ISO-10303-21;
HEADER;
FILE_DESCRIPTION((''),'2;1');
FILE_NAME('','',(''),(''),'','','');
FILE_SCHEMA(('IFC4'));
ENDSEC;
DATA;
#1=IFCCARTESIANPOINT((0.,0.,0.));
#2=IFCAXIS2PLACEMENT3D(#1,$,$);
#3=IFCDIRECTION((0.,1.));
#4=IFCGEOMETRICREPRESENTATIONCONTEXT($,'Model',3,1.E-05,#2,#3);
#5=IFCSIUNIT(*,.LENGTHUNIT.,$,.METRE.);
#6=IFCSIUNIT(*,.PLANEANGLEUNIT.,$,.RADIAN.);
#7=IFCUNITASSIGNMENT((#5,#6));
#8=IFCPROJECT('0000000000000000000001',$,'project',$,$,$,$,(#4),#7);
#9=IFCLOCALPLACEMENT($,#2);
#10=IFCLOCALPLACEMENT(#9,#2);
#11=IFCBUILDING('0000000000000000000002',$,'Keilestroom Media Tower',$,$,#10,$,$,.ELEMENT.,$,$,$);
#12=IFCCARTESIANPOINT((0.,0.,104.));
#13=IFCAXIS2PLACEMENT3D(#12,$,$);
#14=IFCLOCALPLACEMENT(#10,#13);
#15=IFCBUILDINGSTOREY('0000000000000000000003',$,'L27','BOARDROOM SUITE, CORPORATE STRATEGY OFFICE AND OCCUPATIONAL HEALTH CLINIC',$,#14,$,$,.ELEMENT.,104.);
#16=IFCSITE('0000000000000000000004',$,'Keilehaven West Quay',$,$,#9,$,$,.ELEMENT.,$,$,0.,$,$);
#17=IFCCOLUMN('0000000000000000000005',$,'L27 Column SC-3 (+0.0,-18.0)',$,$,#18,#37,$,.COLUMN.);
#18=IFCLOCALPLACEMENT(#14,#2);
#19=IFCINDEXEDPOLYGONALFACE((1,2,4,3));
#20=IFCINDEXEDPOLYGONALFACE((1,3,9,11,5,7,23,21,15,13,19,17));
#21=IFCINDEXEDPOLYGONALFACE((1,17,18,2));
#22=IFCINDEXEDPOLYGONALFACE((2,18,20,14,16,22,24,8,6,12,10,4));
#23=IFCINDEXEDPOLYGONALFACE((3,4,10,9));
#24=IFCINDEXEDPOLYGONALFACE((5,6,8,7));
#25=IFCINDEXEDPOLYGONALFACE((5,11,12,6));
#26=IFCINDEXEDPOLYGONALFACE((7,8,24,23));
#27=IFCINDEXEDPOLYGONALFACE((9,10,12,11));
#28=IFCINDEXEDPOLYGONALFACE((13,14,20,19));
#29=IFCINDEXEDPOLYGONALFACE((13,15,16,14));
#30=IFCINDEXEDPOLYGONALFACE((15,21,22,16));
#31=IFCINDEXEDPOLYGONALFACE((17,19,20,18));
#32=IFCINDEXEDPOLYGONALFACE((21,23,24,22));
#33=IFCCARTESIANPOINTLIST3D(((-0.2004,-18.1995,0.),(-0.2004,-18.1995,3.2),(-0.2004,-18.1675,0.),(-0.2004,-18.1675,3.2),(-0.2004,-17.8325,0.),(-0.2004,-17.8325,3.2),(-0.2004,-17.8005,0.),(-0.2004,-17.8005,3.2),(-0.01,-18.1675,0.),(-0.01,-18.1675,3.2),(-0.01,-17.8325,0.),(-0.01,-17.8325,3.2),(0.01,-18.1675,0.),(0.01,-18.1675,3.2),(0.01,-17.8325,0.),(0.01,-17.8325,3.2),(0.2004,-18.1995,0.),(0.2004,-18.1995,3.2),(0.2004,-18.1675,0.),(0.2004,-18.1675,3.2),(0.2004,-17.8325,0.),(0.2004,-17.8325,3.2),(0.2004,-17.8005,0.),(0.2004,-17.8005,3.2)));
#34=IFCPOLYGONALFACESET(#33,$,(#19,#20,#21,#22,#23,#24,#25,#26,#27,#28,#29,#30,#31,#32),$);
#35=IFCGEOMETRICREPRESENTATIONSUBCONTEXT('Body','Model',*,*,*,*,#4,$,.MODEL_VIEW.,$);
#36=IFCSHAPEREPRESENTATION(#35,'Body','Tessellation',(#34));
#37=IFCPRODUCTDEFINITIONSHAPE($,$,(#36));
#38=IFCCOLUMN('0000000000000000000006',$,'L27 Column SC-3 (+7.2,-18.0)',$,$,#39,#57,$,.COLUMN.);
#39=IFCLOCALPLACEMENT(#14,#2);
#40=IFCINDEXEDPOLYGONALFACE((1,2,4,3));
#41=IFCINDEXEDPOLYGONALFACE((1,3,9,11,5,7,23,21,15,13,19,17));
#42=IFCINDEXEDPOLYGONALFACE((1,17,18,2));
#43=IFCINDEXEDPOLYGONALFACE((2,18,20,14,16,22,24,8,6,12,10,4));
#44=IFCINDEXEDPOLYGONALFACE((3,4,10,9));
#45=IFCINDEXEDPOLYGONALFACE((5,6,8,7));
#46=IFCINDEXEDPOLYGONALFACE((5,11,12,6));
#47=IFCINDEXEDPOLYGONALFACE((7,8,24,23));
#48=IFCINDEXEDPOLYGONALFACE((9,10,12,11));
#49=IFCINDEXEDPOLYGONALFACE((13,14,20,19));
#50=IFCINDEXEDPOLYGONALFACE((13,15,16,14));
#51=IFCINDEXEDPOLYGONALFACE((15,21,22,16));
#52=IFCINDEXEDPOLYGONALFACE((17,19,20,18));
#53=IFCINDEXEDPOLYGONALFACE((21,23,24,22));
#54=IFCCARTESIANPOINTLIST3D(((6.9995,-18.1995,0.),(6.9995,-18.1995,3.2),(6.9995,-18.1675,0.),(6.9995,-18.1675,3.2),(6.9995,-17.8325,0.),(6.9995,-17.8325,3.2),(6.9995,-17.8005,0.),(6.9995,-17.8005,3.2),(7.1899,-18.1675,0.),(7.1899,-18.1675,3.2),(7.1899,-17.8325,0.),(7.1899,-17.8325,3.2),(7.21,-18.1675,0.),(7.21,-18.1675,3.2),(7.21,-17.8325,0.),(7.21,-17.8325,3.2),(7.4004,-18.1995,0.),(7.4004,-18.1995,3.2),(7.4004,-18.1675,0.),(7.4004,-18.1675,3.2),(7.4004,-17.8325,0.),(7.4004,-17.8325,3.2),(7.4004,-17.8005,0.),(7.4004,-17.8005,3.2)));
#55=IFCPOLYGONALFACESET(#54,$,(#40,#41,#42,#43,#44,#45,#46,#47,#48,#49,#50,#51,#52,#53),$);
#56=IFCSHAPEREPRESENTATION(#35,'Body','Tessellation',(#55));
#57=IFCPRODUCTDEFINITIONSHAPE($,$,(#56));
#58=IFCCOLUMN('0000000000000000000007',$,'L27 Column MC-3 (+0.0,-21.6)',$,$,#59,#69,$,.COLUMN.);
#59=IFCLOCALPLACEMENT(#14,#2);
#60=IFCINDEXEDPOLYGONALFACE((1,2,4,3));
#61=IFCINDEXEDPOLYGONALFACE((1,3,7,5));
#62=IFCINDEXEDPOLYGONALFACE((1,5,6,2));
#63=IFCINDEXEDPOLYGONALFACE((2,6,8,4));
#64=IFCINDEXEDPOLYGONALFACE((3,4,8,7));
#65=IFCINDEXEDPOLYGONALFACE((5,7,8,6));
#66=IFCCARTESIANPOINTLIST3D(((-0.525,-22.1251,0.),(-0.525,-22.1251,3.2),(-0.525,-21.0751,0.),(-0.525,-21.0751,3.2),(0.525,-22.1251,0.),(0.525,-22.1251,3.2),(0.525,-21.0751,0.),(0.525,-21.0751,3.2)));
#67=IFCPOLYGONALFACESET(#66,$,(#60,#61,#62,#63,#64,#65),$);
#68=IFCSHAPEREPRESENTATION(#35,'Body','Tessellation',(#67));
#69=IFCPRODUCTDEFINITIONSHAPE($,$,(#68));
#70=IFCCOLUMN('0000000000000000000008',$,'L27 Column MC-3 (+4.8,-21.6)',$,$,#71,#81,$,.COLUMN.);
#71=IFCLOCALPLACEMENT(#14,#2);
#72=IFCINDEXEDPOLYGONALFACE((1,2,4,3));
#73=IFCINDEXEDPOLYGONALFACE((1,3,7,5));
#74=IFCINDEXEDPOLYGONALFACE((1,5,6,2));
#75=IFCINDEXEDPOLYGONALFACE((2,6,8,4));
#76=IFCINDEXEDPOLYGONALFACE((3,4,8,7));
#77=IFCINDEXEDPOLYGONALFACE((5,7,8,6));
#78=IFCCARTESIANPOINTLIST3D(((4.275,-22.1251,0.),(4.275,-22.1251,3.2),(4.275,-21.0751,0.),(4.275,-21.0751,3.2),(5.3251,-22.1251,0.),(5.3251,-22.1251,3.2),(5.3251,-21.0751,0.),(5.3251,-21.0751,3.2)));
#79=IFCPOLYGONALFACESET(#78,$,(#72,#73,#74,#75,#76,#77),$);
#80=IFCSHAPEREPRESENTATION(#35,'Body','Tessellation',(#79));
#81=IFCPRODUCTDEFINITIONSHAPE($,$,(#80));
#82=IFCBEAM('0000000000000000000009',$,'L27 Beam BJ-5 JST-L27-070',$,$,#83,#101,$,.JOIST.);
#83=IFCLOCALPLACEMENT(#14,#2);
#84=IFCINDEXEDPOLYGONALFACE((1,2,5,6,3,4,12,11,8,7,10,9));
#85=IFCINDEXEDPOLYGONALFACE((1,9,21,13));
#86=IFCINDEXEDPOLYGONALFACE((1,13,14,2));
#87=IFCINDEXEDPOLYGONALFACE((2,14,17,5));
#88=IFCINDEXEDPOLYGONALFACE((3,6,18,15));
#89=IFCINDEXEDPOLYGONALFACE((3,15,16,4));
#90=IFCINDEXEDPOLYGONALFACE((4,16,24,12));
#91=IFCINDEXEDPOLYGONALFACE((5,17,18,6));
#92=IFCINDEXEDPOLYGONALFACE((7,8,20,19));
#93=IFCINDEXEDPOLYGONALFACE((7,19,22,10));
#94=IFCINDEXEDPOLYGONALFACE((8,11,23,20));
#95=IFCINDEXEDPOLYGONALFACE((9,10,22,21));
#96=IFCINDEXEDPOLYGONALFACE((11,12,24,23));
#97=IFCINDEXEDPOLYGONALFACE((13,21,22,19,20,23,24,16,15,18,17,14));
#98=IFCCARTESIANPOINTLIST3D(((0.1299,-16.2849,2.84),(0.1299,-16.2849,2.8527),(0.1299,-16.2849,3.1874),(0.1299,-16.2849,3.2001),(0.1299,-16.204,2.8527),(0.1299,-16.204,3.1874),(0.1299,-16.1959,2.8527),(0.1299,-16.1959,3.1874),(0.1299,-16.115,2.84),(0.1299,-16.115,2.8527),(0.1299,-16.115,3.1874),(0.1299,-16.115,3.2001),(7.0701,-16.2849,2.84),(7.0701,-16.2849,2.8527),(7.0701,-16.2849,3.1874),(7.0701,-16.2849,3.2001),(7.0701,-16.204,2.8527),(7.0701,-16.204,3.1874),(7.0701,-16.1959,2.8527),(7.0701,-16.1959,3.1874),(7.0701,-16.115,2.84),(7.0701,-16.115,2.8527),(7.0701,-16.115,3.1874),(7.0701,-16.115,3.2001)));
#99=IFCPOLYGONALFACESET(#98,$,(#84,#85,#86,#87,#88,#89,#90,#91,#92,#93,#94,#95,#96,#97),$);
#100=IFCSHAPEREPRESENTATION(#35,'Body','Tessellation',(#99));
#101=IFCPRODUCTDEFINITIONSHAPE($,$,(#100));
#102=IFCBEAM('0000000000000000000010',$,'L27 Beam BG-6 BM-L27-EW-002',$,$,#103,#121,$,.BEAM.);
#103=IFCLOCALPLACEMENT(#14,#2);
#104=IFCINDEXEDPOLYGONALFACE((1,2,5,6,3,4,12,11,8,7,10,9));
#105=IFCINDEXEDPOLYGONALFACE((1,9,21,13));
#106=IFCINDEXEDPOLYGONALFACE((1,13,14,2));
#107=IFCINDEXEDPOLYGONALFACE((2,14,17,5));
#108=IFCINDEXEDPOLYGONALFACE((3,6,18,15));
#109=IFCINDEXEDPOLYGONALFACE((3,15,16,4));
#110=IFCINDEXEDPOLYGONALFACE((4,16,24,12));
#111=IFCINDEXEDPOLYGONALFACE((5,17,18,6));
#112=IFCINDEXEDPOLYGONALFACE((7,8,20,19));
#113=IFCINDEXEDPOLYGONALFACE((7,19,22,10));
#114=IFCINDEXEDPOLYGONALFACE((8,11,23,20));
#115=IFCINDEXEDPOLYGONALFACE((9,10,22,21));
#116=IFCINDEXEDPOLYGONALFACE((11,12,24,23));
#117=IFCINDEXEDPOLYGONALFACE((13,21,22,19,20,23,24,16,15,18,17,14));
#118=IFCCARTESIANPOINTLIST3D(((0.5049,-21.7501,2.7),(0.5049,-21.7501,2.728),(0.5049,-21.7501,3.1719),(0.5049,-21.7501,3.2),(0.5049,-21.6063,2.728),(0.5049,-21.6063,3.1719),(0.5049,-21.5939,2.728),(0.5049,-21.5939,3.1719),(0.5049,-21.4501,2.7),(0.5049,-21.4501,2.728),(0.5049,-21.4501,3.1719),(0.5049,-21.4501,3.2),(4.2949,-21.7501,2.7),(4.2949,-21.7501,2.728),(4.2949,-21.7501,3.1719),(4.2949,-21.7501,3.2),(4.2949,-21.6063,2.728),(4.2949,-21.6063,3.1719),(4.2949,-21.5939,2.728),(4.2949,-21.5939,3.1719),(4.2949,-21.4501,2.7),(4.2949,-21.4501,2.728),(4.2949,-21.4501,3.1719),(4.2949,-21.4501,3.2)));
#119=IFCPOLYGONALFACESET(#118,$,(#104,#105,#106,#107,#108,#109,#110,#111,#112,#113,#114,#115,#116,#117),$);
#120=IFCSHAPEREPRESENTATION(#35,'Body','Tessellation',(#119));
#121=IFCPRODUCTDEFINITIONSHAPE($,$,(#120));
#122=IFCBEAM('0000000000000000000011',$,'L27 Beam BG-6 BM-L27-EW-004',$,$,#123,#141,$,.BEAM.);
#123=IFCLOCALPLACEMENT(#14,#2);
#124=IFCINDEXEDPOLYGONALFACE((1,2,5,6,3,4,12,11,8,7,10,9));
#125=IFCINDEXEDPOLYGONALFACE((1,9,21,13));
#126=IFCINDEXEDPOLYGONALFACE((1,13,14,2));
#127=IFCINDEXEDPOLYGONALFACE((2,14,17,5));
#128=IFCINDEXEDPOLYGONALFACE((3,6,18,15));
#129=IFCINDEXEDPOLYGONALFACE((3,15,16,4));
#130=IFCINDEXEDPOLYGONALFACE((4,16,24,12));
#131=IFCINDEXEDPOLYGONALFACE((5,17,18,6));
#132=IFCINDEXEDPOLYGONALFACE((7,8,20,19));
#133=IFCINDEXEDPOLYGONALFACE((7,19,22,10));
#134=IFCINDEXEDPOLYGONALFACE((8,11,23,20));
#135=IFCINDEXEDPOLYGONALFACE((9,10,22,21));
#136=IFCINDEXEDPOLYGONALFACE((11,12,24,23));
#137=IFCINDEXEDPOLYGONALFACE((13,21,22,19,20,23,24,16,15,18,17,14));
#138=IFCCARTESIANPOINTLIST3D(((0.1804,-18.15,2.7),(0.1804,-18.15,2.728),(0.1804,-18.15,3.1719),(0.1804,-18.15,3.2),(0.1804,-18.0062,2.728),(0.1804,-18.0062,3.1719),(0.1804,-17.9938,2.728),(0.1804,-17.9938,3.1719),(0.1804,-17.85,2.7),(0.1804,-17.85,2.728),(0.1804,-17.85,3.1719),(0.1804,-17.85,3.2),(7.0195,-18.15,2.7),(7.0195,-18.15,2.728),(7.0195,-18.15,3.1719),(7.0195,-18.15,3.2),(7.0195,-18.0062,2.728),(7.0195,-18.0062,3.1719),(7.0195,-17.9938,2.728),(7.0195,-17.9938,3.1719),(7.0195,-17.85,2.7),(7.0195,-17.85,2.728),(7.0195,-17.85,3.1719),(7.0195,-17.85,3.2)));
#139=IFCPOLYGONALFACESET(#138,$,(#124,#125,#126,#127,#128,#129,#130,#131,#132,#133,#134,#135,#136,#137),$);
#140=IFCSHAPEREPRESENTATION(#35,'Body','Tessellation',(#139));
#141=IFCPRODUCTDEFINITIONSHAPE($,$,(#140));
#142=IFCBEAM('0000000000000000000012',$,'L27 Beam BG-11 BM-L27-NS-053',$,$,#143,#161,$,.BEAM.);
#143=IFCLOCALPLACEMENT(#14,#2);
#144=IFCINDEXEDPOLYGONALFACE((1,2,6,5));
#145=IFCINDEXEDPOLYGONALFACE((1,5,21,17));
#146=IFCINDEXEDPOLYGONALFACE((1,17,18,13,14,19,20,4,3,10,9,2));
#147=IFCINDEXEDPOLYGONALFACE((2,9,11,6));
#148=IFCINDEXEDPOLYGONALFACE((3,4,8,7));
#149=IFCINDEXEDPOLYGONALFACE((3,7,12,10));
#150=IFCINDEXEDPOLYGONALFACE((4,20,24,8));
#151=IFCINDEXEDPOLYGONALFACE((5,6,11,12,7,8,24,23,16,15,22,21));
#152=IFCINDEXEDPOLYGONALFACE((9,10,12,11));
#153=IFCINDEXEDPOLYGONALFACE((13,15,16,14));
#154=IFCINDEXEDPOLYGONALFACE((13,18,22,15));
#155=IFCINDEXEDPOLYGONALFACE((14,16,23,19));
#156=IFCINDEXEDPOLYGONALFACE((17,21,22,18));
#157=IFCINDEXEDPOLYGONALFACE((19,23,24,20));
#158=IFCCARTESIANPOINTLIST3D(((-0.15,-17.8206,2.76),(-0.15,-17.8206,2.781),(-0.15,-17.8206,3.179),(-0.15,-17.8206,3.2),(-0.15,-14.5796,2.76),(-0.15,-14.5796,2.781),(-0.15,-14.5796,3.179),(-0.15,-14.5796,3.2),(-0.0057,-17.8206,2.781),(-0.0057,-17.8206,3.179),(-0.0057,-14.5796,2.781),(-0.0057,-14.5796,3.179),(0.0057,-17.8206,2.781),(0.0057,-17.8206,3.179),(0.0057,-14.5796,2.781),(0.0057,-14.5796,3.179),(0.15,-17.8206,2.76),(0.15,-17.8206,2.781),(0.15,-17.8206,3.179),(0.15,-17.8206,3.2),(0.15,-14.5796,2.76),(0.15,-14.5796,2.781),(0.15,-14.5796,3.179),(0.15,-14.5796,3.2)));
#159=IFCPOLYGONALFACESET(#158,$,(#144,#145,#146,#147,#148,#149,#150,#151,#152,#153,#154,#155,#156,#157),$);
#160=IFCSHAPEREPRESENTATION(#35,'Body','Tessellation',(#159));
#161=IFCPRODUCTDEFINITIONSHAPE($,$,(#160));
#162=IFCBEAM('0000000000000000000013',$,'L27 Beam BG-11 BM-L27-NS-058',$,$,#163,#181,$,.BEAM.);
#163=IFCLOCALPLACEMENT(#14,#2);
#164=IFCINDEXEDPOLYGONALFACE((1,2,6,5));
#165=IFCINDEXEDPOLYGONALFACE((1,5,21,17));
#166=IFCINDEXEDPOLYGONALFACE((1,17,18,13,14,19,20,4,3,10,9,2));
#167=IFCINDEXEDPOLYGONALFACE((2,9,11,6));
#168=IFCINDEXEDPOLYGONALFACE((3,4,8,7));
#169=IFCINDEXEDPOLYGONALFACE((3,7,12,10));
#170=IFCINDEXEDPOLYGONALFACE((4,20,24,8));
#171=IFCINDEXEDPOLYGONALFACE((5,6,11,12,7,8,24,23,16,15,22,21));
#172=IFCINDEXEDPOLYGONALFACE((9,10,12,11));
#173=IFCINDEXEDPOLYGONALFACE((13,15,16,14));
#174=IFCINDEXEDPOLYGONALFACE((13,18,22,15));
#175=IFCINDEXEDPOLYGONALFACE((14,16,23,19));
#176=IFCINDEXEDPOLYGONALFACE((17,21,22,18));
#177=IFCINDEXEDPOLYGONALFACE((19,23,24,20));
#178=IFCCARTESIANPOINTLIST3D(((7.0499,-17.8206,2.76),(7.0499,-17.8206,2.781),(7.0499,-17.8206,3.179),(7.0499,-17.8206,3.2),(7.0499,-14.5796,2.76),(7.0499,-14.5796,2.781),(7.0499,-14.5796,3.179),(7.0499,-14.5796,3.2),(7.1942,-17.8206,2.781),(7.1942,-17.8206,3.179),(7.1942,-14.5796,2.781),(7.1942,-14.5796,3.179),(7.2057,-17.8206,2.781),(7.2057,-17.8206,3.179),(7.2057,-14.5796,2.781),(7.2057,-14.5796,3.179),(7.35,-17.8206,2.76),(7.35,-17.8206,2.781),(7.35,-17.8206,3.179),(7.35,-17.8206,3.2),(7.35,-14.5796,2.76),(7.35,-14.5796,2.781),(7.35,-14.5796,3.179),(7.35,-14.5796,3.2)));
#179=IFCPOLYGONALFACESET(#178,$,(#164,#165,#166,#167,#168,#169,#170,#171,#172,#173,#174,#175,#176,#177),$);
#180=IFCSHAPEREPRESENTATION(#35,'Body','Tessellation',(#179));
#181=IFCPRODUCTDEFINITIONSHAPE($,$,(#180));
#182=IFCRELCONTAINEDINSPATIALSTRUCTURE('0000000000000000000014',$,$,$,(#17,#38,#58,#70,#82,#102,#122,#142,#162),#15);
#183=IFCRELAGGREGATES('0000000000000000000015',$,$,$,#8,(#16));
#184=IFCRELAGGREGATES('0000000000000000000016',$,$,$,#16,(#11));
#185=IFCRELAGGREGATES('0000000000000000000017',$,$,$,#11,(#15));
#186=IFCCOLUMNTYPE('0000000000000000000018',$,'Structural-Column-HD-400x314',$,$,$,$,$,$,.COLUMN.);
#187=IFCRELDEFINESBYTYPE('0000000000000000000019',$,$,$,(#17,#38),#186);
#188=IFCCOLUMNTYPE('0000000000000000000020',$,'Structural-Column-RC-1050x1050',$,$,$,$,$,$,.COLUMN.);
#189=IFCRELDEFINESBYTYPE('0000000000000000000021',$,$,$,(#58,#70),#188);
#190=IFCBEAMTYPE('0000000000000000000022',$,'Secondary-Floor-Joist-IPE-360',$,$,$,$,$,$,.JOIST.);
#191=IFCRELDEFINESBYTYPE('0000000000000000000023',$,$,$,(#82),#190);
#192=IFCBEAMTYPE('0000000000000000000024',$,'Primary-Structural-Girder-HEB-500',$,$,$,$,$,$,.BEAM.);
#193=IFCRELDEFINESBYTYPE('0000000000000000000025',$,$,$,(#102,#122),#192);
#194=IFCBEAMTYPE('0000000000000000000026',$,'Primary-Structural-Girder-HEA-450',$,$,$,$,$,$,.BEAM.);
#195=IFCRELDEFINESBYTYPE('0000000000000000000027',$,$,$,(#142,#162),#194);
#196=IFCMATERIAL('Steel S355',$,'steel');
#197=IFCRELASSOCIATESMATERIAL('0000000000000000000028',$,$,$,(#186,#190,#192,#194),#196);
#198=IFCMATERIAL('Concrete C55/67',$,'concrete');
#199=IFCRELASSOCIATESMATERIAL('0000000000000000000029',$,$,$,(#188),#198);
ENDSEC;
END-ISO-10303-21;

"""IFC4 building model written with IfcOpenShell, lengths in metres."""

from ifc_helpers import new_model, si_unit, direction, frame, origin, origin_2d, place, context, subcontext, project, spatial, rectangle, i_section, extrude, source, transform, mapped, material, material_profile, profile_set, type_object, element, save


model = new_model("IFC4")

# Units and contexts
model_context = context("Model", 3, precision=1e-05, world=origin(), true_north=direction((0.0, 1.0)))
body_context = subcontext(model_context, "Body", "Model", "MODEL_VIEW")
ifc_project = project(units=[si_unit("LENGTHUNIT", "METRE"), si_unit("PLANEANGLEUNIT", "RADIAN")], contexts=[model_context])

# Site, building, storey
site_placement = place(None, origin())
site = spatial("IfcSite", under=ifc_project, at=site_placement, Name="Keilehaven West Quay", CompositionType="ELEMENT", RefElevation=0.0)
building_placement = place(site_placement, origin())
building = spatial("IfcBuilding", under=site, at=building_placement, Name="Keilestroom Media Tower", CompositionType="ELEMENT")
storey_placement = place(building_placement, frame((0.0, 0.0, 104.0)))
storey = spatial("IfcBuildingStorey", under=building, at=storey_placement, Name="L27", Description="BOARDROOM SUITE, CORPORATE STRATEGY OFFICE AND OCCUPATIONAL HEALTH CLINIC", CompositionType="ELEMENT", Elevation=104.0)

# Columns
ifc_material_1 = material(Name="Steel S355", Category="steel")
ifc_material_profile_1 = material_profile(ifc_material_1, i_section(OverallWidth=0.4009, OverallDepth=0.3989, WebThickness=0.02, FlangeThickness=0.032, at=origin_2d()), Name="HD 400x314")
ifc_profile_set_1 = profile_set([ifc_material_profile_1], Name="Steel S355")
column_type_1 = type_object("IfcColumnType", Name="Structural-Column-HD-400x314", PredefinedType="COLUMN", material=ifc_profile_set_1)
shared_shape_1 = source(origin(), body_context, "Body", "SweptSolid", [
    extrude(i_section(OverallWidth=0.4009, OverallDepth=0.3989, WebThickness=0.02, FlangeThickness=0.032, at=origin_2d()), origin(), (0.0, 0.0, 1.0), 3.2),
])
for number, where, z_axis, x_axis, name in (
    (1, (0.0, -18.0, 0.0), (0.0, 0.0, 1.0), (1.0, 0.0, 0.0), "L27 Column SC-3 (+0.0,-18.0)"),
    (2, (7.2, -18.0, 0.0), (0.0, 0.0, 1.0), (1.0, 0.0, 0.0), "L27 Column SC-3 (+7.2,-18.0)"),
):
    element("IfcColumn", number, at=place(storey_placement, frame(where, z_axis=z_axis, x_axis=x_axis)), inside=storey, type_object=column_type_1, Name=name, PredefinedType="COLUMN", context=body_context, shape_type="MappedRepresentation", body=[
        mapped(shared_shape_1, transform((0.0, 0.0, 0.0), x_axis=(1.0, 0.0, 0.0), y_axis=(0.0, 1.0, 0.0), z_axis=(0.0, 0.0, 1.0), scale=1.0)),
    ])
ifc_material_2 = material(Name="Concrete C55/67", Category="concrete")
ifc_material_profile_2 = material_profile(ifc_material_2, rectangle(XDim=1.05, YDim=1.05, at=origin_2d()), Name="RC 1050x1050")
ifc_profile_set_2 = profile_set([ifc_material_profile_2], Name="Concrete C55/67")
column_type_2 = type_object("IfcColumnType", Name="Structural-Column-RC-1050x1050", PredefinedType="COLUMN", material=ifc_profile_set_2)
shared_shape_2 = source(origin(), body_context, "Body", "SweptSolid", [
    extrude(rectangle(XDim=1.05, YDim=1.05, at=origin_2d()), origin(), (0.0, 0.0, 1.0), 3.2),
])
for number, where, z_axis, x_axis, name in (
    (3, (0.0, -21.6001, 0.0), (0.0, 0.0, 1.0), (1.0, 0.0, 0.0), "L27 Column MC-3 (+0.0,-21.6)"),
    (4, (4.8, -21.6001, 0.0), (0.0, 0.0, 1.0), (1.0, 0.0, 0.0), "L27 Column MC-3 (+4.8,-21.6)"),
):
    element("IfcColumn", number, at=place(storey_placement, frame(where, z_axis=z_axis, x_axis=x_axis)), inside=storey, type_object=column_type_2, Name=name, PredefinedType="COLUMN", context=body_context, shape_type="MappedRepresentation", body=[
        mapped(shared_shape_2, transform((0.0, 0.0, 0.0), x_axis=(1.0, 0.0, 0.0), y_axis=(0.0, 1.0, 0.0), z_axis=(0.0, 0.0, 1.0), scale=1.0)),
    ])

# Beams
ifc_material_profile_3 = material_profile(ifc_material_1, i_section(OverallWidth=0.1699, OverallDepth=0.3601, WebThickness=0.0081, FlangeThickness=0.0127, at=origin_2d()), Name="IPE 360")
ifc_profile_set_3 = profile_set([ifc_material_profile_3], Name="Steel S355")
beam_type_1 = type_object("IfcBeamType", Name="Secondary-Floor-Joist-IPE-360", PredefinedType="JOIST", material=ifc_profile_set_3)
shared_shape_3 = source(origin(), body_context, "Body", "SweptSolid", [
    extrude(i_section(OverallWidth=0.1699, OverallDepth=0.3601, WebThickness=0.0081, FlangeThickness=0.0127, at=origin_2d()), origin(), (0.0, 0.0, 1.0), 6.9402),
])
beam_1_placement = place(storey_placement, frame((0.1299, -16.2, 3.02), z_axis=(1.0, 0.0, 0.0), x_axis=(0.0, 1.0, 0.0)))
element("IfcBeam", 5, at=beam_1_placement, inside=storey, type_object=beam_type_1, Name="L27 Beam BJ-5 JST-L27-070", PredefinedType="JOIST", context=body_context, shape_type="MappedRepresentation", body=[
    mapped(shared_shape_3, transform((0.0, 0.0, 0.0), x_axis=(1.0, 0.0, 0.0), y_axis=(0.0, 1.0, 0.0), z_axis=(0.0, 0.0, 1.0), scale=1.0)),
])
ifc_material_profile_4 = material_profile(ifc_material_1, i_section(OverallWidth=0.3, OverallDepth=0.5, WebThickness=0.0125, FlangeThickness=0.0281, at=origin_2d()), Name="HEB 500")
ifc_profile_set_4 = profile_set([ifc_material_profile_4], Name="Steel S355")
beam_type_2 = type_object("IfcBeamType", Name="Primary-Structural-Girder-HEB-500", PredefinedType="BEAM", material=ifc_profile_set_4)
shared_shape_4 = source(origin(), body_context, "Body", "SweptSolid", [
    extrude(i_section(OverallWidth=0.3, OverallDepth=0.5, WebThickness=0.0125, FlangeThickness=0.0281, at=origin_2d()), origin(), (0.0, 0.0, 1.0), 3.79),
])
beam_2_placement = place(storey_placement, frame((0.5049, -21.6001, 2.95), z_axis=(1.0, 0.0, 0.0), x_axis=(0.0, 1.0, 0.0)))
element("IfcBeam", 6, at=beam_2_placement, inside=storey, type_object=beam_type_2, Name="L27 Beam BG-6 BM-L27-EW-002", PredefinedType="BEAM", context=body_context, shape_type="MappedRepresentation", body=[
    mapped(shared_shape_4, transform((0.0, 0.0, 0.0), x_axis=(1.0, 0.0, 0.0), y_axis=(0.0, 1.0, 0.0), z_axis=(0.0, 0.0, 1.0), scale=1.0)),
])
shared_shape_5 = source(origin(), body_context, "Body", "SweptSolid", [
    extrude(i_section(OverallWidth=0.3, OverallDepth=0.5, WebThickness=0.0125, FlangeThickness=0.0281, at=origin_2d()), origin(), (0.0, 0.0, 1.0), 6.8391),
])
beam_3_placement = place(storey_placement, frame((0.1804, -18.0, 2.95), z_axis=(1.0, 0.0, 0.0), x_axis=(0.0, 1.0, 0.0)))
element("IfcBeam", 7, at=beam_3_placement, inside=storey, type_object=beam_type_2, Name="L27 Beam BG-6 BM-L27-EW-004", PredefinedType="BEAM", context=body_context, shape_type="MappedRepresentation", body=[
    mapped(shared_shape_5, transform((0.0, 0.0, 0.0), x_axis=(1.0, 0.0, 0.0), y_axis=(0.0, 1.0, 0.0), z_axis=(0.0, 0.0, 1.0), scale=1.0)),
])
ifc_material_profile_5 = material_profile(ifc_material_1, i_section(OverallWidth=0.3, OverallDepth=0.4399, WebThickness=0.0115, FlangeThickness=0.021, at=origin_2d()), Name="HEA 450")
ifc_profile_set_5 = profile_set([ifc_material_profile_5], Name="Steel S355")
beam_type_3 = type_object("IfcBeamType", Name="Primary-Structural-Girder-HEA-450", PredefinedType="BEAM", material=ifc_profile_set_5)
shared_shape_6 = source(origin(), body_context, "Body", "SweptSolid", [
    extrude(i_section(OverallWidth=0.3, OverallDepth=0.4399, WebThickness=0.0115, FlangeThickness=0.021, at=origin_2d()), origin(), (0.0, 0.0, 1.0), 3.241),
])
for number, where, z_axis, x_axis, name in (
    (8, (0.0, -17.8206, 2.98), (0.0, 1.0, 0.0), (-1.0, 0.0, 0.0), "L27 Beam BG-11 BM-L27-NS-053"),
    (9, (7.2, -17.8206, 2.98), (0.0, 1.0, 0.0), (-1.0, 0.0, 0.0), "L27 Beam BG-11 BM-L27-NS-058"),
):
    element("IfcBeam", number, at=place(storey_placement, frame(where, z_axis=z_axis, x_axis=x_axis)), inside=storey, type_object=beam_type_3, Name=name, PredefinedType="BEAM", context=body_context, shape_type="MappedRepresentation", body=[
        mapped(shared_shape_6, transform((0.0, 0.0, 0.0), x_axis=(1.0, 0.0, 0.0), y_axis=(0.0, 1.0, 0.0), z_axis=(0.0, 0.0, 1.0), scale=1.0)),
    ])

save(model, "model.ifc")
